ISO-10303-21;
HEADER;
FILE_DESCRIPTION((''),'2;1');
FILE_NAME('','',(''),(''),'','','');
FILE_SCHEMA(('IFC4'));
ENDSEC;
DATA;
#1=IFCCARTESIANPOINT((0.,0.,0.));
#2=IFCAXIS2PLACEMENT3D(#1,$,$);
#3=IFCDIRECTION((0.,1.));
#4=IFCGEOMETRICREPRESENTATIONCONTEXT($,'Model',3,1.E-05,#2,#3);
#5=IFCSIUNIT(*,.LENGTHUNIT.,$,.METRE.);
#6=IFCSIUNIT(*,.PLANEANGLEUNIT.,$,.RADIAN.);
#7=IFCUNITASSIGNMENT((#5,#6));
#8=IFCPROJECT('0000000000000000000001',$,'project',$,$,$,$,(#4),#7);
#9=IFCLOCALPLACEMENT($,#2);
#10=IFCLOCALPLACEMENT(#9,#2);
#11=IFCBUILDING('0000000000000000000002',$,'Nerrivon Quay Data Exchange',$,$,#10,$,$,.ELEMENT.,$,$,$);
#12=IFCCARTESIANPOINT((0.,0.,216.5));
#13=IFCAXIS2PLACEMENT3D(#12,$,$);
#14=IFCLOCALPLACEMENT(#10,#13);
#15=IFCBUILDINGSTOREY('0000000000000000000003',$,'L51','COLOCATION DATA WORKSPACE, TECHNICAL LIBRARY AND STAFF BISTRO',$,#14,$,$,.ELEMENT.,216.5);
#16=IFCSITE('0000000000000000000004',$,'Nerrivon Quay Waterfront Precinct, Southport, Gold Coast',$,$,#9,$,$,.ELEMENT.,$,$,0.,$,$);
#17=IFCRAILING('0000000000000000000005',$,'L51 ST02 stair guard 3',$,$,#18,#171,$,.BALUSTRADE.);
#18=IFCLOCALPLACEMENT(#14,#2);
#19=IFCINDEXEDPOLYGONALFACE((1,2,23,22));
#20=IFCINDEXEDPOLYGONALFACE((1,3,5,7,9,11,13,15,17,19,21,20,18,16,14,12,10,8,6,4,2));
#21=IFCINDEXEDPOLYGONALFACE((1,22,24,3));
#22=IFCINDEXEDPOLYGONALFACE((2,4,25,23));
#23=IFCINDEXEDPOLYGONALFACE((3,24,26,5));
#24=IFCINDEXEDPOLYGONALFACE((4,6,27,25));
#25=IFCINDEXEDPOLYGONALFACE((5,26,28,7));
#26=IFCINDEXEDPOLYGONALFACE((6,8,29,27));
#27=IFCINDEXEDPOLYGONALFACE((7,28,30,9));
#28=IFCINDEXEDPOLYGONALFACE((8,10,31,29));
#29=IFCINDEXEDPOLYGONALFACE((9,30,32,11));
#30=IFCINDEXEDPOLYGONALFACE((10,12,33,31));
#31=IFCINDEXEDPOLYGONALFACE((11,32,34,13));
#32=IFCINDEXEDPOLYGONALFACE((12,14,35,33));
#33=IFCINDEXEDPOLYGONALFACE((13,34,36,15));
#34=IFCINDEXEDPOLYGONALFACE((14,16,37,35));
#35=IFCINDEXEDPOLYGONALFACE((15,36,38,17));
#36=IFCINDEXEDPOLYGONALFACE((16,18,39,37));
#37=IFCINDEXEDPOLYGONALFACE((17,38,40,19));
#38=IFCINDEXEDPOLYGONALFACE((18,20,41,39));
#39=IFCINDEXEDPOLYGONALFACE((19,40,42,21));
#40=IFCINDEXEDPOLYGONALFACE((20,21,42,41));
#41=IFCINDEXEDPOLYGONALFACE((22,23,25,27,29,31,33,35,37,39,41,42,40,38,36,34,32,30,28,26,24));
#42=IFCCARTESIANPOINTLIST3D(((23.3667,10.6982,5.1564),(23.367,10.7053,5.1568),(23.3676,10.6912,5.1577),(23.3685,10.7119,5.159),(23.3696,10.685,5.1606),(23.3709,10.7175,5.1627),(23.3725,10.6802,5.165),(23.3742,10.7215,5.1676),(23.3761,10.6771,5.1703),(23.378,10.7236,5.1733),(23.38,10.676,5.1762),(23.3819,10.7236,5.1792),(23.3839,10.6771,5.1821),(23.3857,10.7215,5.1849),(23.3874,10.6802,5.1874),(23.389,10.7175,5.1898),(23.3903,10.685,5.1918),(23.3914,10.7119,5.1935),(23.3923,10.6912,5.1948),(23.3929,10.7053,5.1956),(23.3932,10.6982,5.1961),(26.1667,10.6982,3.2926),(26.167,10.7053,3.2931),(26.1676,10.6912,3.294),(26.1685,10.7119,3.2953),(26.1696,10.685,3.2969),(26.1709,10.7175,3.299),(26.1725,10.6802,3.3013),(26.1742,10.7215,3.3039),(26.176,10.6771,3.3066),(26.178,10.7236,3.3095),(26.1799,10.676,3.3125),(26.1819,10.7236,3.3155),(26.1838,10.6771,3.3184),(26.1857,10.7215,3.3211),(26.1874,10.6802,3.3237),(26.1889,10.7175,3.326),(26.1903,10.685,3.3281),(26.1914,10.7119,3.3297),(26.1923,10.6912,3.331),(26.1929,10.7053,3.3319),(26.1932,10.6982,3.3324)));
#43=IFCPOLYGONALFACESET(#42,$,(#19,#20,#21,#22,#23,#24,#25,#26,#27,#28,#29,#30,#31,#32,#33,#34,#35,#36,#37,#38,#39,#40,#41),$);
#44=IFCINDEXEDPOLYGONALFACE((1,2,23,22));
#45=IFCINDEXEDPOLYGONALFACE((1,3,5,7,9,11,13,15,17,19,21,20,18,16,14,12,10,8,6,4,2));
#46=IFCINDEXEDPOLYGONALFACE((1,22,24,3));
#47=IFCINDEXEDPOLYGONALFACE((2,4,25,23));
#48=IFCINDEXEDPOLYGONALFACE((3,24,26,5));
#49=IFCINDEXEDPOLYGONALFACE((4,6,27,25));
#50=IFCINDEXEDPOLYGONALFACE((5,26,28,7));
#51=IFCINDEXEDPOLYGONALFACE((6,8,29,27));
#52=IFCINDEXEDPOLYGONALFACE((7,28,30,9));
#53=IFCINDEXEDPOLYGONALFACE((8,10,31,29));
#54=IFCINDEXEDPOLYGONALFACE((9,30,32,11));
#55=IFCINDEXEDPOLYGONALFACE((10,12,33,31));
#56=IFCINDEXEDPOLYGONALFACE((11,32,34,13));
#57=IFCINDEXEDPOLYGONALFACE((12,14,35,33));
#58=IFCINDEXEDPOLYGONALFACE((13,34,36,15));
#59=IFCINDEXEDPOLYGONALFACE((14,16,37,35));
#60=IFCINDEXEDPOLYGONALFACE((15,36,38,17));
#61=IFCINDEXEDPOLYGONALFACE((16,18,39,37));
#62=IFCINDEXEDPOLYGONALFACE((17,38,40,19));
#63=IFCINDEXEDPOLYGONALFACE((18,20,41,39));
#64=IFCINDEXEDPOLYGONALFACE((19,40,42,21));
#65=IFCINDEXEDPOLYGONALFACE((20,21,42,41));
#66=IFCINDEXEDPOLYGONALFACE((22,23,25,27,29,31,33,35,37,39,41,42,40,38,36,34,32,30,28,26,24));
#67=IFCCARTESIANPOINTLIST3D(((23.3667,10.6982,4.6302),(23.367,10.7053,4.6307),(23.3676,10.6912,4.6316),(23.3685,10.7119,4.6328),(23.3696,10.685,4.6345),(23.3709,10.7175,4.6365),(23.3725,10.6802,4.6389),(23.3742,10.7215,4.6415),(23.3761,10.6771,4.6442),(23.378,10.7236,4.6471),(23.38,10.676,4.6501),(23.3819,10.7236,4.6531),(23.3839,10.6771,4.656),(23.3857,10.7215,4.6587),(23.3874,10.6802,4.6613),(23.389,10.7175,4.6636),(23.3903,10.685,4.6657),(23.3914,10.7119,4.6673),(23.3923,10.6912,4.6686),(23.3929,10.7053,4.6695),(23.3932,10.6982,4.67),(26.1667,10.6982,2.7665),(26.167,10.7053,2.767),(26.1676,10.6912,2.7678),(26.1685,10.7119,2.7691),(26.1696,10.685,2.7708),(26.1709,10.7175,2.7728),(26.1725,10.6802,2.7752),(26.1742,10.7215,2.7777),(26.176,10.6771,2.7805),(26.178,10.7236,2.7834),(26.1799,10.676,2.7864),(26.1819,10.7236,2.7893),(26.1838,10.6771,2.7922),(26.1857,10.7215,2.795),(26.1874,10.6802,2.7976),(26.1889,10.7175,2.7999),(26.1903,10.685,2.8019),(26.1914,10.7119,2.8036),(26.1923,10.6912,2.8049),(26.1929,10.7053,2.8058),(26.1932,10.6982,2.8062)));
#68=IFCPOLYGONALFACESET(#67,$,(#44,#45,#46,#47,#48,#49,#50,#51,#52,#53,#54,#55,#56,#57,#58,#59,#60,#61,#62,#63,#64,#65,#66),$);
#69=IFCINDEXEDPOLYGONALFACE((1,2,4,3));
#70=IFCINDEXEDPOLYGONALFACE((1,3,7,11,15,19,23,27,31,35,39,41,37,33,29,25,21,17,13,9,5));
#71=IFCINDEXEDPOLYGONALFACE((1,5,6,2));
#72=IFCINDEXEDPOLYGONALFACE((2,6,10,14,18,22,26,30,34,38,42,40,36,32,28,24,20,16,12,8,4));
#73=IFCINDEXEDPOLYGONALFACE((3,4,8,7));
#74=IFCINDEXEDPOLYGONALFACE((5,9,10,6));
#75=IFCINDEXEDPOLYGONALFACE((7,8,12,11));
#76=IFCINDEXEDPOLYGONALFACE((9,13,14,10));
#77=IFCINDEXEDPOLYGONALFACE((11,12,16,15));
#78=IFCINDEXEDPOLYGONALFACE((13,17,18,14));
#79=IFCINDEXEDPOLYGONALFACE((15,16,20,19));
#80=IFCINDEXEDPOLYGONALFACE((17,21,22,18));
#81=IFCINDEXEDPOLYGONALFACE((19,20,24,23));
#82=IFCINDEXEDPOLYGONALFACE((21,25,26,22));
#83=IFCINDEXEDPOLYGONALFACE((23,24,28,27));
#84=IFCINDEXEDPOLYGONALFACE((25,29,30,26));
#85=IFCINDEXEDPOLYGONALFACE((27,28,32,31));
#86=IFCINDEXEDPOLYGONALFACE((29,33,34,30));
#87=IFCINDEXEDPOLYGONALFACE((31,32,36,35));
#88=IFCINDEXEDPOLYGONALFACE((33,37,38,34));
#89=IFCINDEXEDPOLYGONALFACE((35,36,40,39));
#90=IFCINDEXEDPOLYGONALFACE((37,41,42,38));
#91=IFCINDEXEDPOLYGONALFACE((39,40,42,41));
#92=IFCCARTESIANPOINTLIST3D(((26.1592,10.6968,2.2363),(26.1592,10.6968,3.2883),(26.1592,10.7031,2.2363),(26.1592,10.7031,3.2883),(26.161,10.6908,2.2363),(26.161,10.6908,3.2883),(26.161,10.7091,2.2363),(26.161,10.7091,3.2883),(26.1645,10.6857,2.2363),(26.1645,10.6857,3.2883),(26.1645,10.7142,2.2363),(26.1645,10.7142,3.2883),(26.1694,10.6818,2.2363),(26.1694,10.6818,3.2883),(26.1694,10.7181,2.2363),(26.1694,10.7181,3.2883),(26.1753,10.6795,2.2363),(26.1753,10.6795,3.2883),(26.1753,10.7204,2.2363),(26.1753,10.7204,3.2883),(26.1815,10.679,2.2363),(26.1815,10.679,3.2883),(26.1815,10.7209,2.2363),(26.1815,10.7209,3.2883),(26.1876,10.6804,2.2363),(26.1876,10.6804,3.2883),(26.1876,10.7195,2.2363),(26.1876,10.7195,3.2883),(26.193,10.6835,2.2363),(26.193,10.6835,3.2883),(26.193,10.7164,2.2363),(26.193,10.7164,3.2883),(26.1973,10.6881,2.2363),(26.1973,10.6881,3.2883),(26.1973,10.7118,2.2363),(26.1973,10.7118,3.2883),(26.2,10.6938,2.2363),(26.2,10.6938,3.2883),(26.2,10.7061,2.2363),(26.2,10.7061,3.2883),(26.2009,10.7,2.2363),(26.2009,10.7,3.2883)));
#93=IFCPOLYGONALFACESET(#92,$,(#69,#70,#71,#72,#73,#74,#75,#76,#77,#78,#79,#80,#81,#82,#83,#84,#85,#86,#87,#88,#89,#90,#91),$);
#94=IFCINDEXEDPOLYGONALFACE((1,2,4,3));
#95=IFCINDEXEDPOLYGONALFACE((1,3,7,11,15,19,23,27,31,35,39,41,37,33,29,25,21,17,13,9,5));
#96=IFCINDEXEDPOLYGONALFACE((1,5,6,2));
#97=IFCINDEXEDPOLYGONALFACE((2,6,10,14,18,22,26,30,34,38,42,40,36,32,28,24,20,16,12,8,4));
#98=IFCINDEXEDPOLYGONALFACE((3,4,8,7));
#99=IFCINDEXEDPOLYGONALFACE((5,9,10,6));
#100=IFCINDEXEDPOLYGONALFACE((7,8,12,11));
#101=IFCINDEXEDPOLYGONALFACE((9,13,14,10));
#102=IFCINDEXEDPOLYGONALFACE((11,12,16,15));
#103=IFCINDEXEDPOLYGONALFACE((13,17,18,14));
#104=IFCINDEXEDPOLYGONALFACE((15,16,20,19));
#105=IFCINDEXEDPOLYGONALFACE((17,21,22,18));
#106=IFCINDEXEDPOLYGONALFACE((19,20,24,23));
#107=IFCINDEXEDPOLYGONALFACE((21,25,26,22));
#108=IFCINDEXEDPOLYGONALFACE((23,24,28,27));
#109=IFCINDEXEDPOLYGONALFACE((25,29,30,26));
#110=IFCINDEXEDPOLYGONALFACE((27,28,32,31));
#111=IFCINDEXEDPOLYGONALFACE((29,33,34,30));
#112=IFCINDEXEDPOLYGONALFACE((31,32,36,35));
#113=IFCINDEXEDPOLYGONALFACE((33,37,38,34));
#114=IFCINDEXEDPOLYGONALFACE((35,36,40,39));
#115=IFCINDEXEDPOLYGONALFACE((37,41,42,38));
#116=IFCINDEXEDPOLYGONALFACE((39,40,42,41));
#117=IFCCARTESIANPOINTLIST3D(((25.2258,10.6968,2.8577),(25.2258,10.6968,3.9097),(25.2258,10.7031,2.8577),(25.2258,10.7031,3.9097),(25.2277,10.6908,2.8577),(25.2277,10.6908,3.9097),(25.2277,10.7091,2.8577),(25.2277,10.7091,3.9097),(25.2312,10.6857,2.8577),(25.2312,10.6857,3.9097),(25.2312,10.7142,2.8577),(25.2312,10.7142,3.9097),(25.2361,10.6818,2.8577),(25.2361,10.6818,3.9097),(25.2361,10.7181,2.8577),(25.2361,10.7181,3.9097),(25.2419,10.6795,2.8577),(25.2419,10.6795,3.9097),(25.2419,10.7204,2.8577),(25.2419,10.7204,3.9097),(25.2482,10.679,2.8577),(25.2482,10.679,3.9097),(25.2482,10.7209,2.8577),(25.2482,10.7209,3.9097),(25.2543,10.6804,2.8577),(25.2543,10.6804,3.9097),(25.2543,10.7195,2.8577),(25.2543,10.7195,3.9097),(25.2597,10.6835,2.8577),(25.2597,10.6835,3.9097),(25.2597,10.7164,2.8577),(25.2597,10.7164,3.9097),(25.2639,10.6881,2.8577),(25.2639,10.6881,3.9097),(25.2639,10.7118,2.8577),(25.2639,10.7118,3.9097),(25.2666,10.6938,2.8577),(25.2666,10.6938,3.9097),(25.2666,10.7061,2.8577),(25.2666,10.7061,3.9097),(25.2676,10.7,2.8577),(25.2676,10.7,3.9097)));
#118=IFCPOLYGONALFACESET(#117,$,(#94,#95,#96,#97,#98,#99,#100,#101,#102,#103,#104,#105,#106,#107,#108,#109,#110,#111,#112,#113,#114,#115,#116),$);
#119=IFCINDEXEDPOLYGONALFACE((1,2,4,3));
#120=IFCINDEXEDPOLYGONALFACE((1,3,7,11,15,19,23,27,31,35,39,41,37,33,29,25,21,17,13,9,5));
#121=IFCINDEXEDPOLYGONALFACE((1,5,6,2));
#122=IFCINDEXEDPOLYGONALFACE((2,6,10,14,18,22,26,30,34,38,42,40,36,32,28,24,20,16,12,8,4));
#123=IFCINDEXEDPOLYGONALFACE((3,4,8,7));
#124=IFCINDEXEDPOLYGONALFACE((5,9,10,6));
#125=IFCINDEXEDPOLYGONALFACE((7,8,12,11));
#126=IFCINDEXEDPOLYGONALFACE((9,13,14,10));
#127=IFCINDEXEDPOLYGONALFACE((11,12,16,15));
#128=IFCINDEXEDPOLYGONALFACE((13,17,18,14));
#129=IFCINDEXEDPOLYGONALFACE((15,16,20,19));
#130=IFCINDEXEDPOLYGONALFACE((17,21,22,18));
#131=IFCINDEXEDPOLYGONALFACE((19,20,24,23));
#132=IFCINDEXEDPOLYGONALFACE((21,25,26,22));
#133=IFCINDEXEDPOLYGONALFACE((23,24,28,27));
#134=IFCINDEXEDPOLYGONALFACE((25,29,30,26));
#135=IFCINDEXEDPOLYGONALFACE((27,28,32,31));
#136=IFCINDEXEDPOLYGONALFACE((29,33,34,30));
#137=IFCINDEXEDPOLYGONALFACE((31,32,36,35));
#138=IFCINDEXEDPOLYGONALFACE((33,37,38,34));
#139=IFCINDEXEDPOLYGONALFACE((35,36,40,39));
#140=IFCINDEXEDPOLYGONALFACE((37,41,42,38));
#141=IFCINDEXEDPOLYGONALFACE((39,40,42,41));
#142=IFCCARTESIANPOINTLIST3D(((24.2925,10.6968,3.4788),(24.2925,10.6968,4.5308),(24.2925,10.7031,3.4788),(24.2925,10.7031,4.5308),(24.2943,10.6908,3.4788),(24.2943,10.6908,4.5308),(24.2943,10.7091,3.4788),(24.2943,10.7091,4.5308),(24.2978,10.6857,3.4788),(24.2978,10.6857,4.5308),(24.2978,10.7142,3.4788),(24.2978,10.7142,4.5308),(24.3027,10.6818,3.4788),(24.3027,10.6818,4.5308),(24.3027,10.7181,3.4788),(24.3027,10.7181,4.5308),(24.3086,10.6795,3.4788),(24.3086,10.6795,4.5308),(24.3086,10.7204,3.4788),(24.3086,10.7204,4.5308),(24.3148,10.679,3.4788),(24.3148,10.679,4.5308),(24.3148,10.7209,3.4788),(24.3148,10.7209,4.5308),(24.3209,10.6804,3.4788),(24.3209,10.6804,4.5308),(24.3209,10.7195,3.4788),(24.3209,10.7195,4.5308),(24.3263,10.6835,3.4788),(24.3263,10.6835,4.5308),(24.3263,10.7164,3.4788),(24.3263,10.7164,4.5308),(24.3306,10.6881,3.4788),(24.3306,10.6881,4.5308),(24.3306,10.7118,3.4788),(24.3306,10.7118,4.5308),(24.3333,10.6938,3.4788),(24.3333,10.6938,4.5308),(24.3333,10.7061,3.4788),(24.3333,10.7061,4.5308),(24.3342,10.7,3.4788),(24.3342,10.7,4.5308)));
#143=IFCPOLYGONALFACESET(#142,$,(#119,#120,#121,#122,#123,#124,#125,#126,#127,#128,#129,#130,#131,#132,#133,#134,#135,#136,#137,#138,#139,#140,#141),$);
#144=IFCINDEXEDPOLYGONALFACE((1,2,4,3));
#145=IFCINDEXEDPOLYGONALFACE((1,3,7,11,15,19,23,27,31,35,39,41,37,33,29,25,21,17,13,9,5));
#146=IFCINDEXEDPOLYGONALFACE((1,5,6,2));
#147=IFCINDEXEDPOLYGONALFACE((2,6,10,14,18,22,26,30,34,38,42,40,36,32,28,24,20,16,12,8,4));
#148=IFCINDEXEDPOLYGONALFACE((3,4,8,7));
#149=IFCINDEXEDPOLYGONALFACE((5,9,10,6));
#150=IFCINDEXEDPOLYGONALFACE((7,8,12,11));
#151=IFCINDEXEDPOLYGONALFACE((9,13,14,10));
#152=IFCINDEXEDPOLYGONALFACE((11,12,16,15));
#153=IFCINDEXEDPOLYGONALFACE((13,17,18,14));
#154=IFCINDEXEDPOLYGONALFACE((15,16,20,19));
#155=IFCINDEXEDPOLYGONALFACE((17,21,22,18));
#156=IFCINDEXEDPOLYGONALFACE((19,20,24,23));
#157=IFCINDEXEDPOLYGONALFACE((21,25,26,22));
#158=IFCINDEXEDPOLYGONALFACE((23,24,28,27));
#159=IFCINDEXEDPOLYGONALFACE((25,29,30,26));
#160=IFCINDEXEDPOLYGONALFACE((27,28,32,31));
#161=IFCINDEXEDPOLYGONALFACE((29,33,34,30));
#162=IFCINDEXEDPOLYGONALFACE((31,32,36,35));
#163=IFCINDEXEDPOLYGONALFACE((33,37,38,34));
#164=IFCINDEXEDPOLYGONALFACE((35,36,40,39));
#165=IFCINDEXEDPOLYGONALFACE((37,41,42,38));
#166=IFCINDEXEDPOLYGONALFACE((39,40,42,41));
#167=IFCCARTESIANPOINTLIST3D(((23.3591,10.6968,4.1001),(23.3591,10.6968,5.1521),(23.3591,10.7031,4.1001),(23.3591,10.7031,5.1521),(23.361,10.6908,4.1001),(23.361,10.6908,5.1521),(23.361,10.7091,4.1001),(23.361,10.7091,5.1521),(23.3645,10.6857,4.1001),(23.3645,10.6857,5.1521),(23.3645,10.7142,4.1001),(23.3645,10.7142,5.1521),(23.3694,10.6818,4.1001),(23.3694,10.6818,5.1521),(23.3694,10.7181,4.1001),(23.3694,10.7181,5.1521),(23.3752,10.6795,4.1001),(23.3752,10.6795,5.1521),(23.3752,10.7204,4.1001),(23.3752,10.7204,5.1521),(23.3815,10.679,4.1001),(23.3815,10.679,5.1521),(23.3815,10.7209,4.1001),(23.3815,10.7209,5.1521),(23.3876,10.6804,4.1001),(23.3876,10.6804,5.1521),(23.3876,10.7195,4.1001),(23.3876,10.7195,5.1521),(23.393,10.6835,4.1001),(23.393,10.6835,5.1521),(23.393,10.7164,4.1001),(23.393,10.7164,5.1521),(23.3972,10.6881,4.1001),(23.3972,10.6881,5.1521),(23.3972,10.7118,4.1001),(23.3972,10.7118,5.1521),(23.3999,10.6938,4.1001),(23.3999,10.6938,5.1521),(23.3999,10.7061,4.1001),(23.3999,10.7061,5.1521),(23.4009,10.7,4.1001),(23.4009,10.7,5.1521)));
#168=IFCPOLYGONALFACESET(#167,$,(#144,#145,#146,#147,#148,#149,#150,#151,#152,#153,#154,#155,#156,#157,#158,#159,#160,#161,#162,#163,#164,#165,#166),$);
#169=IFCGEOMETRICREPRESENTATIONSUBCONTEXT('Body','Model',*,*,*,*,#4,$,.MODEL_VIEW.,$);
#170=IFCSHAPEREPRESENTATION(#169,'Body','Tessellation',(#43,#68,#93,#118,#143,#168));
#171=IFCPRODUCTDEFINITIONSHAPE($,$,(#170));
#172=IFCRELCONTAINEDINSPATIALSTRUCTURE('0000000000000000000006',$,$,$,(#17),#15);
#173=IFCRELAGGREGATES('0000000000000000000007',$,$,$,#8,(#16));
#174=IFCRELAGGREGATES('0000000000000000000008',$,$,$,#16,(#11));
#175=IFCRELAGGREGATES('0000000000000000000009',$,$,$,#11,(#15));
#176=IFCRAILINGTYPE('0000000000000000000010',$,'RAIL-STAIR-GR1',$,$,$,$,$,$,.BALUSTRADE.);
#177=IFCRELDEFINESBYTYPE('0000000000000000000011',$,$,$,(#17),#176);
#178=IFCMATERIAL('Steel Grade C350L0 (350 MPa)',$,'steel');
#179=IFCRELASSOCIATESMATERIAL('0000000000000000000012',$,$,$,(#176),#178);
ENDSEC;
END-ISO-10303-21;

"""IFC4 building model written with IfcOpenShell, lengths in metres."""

from ifc_helpers import new_model, si_unit, direction, frame, origin, origin_2d, place, context, subcontext, project, spatial, circle, extrude, material, type_object, element, save


model = new_model("IFC4")

# Units and contexts
model_context = context("Model", 3, precision=1e-05, world=origin(), true_north=direction((0.0, 1.0)))
body_context = subcontext(model_context, "Body", "Model", "MODEL_VIEW")
ifc_project = project(units=[si_unit("LENGTHUNIT", "METRE"), si_unit("PLANEANGLEUNIT", "RADIAN")], contexts=[model_context])

# Site, building, storey
site_placement = place(None, origin())
site = spatial("IfcSite", under=ifc_project, at=site_placement, Name="Nerrivon Quay Waterfront Precinct, Southport, Gold Coast", CompositionType="ELEMENT", RefElevation=0.0)
building_placement = place(site_placement, origin())
building = spatial("IfcBuilding", under=site, at=building_placement, Name="Nerrivon Quay Data Exchange", CompositionType="ELEMENT")
storey_placement = place(building_placement, frame((0.0, 0.0, 216.5)))
storey = spatial("IfcBuildingStorey", under=building, at=storey_placement, Name="L51", Description="COLOCATION DATA WORKSPACE, TECHNICAL LIBRARY AND STAFF BISTRO", CompositionType="ELEMENT", Elevation=216.5)

# Shared definitions
ifc_material_1 = material(Name="Steel Grade C350L0 (350 MPa)", Category="steel")

# Railing
railing_type_1 = type_object("IfcRailingType", Name="RAIL-STAIR-GR1", PredefinedType="BALUSTRADE", material=ifc_material_1)
railing_1_placement = place(storey_placement, frame((26.1799, 10.7, 2.2363)))
element("IfcRailing", 1, at=railing_1_placement, inside=storey, type_object=railing_type_1, Name="L51 ST02 stair guard 3", PredefinedType="BALUSTRADE", context=body_context, shape_type="SweptSolid", body=[
    extrude(circle(Radius=0.0239, at=origin_2d()), frame((0.0, 0.0, 1.0762), z_axis=(-0.832452, 0.0, 0.554097), x_axis=(0.0, -1.0, 0.0)), (0.0, 0.0, 1.0), 3.3635),
    extrude(circle(Radius=0.0239, at=origin_2d()), frame((0.0, 0.0, 0.55), z_axis=(-0.832452, 0.0, 0.554097), x_axis=(0.0, -1.0, 0.0)), (0.0, 0.0, 1.0), 3.3635),
    extrude(circle(Radius=0.021, at=origin_2d()), origin(), (0.0, 0.0, 1.0), 1.052),
    extrude(circle(Radius=0.021, at=origin_2d()), frame((-0.9333, 0.0, 0.6213)), (0.0, 0.0, 1.0), 1.052),
    extrude(circle(Radius=0.021, at=origin_2d()), frame((-1.8667, 0.0, 1.2424)), (0.0, 0.0, 1.0), 1.052),
    extrude(circle(Radius=0.021, at=origin_2d()), frame((-2.8, 0.0, 1.8638)), (0.0, 0.0, 1.0), 1.052),
])

save(model, "model.ifc")
